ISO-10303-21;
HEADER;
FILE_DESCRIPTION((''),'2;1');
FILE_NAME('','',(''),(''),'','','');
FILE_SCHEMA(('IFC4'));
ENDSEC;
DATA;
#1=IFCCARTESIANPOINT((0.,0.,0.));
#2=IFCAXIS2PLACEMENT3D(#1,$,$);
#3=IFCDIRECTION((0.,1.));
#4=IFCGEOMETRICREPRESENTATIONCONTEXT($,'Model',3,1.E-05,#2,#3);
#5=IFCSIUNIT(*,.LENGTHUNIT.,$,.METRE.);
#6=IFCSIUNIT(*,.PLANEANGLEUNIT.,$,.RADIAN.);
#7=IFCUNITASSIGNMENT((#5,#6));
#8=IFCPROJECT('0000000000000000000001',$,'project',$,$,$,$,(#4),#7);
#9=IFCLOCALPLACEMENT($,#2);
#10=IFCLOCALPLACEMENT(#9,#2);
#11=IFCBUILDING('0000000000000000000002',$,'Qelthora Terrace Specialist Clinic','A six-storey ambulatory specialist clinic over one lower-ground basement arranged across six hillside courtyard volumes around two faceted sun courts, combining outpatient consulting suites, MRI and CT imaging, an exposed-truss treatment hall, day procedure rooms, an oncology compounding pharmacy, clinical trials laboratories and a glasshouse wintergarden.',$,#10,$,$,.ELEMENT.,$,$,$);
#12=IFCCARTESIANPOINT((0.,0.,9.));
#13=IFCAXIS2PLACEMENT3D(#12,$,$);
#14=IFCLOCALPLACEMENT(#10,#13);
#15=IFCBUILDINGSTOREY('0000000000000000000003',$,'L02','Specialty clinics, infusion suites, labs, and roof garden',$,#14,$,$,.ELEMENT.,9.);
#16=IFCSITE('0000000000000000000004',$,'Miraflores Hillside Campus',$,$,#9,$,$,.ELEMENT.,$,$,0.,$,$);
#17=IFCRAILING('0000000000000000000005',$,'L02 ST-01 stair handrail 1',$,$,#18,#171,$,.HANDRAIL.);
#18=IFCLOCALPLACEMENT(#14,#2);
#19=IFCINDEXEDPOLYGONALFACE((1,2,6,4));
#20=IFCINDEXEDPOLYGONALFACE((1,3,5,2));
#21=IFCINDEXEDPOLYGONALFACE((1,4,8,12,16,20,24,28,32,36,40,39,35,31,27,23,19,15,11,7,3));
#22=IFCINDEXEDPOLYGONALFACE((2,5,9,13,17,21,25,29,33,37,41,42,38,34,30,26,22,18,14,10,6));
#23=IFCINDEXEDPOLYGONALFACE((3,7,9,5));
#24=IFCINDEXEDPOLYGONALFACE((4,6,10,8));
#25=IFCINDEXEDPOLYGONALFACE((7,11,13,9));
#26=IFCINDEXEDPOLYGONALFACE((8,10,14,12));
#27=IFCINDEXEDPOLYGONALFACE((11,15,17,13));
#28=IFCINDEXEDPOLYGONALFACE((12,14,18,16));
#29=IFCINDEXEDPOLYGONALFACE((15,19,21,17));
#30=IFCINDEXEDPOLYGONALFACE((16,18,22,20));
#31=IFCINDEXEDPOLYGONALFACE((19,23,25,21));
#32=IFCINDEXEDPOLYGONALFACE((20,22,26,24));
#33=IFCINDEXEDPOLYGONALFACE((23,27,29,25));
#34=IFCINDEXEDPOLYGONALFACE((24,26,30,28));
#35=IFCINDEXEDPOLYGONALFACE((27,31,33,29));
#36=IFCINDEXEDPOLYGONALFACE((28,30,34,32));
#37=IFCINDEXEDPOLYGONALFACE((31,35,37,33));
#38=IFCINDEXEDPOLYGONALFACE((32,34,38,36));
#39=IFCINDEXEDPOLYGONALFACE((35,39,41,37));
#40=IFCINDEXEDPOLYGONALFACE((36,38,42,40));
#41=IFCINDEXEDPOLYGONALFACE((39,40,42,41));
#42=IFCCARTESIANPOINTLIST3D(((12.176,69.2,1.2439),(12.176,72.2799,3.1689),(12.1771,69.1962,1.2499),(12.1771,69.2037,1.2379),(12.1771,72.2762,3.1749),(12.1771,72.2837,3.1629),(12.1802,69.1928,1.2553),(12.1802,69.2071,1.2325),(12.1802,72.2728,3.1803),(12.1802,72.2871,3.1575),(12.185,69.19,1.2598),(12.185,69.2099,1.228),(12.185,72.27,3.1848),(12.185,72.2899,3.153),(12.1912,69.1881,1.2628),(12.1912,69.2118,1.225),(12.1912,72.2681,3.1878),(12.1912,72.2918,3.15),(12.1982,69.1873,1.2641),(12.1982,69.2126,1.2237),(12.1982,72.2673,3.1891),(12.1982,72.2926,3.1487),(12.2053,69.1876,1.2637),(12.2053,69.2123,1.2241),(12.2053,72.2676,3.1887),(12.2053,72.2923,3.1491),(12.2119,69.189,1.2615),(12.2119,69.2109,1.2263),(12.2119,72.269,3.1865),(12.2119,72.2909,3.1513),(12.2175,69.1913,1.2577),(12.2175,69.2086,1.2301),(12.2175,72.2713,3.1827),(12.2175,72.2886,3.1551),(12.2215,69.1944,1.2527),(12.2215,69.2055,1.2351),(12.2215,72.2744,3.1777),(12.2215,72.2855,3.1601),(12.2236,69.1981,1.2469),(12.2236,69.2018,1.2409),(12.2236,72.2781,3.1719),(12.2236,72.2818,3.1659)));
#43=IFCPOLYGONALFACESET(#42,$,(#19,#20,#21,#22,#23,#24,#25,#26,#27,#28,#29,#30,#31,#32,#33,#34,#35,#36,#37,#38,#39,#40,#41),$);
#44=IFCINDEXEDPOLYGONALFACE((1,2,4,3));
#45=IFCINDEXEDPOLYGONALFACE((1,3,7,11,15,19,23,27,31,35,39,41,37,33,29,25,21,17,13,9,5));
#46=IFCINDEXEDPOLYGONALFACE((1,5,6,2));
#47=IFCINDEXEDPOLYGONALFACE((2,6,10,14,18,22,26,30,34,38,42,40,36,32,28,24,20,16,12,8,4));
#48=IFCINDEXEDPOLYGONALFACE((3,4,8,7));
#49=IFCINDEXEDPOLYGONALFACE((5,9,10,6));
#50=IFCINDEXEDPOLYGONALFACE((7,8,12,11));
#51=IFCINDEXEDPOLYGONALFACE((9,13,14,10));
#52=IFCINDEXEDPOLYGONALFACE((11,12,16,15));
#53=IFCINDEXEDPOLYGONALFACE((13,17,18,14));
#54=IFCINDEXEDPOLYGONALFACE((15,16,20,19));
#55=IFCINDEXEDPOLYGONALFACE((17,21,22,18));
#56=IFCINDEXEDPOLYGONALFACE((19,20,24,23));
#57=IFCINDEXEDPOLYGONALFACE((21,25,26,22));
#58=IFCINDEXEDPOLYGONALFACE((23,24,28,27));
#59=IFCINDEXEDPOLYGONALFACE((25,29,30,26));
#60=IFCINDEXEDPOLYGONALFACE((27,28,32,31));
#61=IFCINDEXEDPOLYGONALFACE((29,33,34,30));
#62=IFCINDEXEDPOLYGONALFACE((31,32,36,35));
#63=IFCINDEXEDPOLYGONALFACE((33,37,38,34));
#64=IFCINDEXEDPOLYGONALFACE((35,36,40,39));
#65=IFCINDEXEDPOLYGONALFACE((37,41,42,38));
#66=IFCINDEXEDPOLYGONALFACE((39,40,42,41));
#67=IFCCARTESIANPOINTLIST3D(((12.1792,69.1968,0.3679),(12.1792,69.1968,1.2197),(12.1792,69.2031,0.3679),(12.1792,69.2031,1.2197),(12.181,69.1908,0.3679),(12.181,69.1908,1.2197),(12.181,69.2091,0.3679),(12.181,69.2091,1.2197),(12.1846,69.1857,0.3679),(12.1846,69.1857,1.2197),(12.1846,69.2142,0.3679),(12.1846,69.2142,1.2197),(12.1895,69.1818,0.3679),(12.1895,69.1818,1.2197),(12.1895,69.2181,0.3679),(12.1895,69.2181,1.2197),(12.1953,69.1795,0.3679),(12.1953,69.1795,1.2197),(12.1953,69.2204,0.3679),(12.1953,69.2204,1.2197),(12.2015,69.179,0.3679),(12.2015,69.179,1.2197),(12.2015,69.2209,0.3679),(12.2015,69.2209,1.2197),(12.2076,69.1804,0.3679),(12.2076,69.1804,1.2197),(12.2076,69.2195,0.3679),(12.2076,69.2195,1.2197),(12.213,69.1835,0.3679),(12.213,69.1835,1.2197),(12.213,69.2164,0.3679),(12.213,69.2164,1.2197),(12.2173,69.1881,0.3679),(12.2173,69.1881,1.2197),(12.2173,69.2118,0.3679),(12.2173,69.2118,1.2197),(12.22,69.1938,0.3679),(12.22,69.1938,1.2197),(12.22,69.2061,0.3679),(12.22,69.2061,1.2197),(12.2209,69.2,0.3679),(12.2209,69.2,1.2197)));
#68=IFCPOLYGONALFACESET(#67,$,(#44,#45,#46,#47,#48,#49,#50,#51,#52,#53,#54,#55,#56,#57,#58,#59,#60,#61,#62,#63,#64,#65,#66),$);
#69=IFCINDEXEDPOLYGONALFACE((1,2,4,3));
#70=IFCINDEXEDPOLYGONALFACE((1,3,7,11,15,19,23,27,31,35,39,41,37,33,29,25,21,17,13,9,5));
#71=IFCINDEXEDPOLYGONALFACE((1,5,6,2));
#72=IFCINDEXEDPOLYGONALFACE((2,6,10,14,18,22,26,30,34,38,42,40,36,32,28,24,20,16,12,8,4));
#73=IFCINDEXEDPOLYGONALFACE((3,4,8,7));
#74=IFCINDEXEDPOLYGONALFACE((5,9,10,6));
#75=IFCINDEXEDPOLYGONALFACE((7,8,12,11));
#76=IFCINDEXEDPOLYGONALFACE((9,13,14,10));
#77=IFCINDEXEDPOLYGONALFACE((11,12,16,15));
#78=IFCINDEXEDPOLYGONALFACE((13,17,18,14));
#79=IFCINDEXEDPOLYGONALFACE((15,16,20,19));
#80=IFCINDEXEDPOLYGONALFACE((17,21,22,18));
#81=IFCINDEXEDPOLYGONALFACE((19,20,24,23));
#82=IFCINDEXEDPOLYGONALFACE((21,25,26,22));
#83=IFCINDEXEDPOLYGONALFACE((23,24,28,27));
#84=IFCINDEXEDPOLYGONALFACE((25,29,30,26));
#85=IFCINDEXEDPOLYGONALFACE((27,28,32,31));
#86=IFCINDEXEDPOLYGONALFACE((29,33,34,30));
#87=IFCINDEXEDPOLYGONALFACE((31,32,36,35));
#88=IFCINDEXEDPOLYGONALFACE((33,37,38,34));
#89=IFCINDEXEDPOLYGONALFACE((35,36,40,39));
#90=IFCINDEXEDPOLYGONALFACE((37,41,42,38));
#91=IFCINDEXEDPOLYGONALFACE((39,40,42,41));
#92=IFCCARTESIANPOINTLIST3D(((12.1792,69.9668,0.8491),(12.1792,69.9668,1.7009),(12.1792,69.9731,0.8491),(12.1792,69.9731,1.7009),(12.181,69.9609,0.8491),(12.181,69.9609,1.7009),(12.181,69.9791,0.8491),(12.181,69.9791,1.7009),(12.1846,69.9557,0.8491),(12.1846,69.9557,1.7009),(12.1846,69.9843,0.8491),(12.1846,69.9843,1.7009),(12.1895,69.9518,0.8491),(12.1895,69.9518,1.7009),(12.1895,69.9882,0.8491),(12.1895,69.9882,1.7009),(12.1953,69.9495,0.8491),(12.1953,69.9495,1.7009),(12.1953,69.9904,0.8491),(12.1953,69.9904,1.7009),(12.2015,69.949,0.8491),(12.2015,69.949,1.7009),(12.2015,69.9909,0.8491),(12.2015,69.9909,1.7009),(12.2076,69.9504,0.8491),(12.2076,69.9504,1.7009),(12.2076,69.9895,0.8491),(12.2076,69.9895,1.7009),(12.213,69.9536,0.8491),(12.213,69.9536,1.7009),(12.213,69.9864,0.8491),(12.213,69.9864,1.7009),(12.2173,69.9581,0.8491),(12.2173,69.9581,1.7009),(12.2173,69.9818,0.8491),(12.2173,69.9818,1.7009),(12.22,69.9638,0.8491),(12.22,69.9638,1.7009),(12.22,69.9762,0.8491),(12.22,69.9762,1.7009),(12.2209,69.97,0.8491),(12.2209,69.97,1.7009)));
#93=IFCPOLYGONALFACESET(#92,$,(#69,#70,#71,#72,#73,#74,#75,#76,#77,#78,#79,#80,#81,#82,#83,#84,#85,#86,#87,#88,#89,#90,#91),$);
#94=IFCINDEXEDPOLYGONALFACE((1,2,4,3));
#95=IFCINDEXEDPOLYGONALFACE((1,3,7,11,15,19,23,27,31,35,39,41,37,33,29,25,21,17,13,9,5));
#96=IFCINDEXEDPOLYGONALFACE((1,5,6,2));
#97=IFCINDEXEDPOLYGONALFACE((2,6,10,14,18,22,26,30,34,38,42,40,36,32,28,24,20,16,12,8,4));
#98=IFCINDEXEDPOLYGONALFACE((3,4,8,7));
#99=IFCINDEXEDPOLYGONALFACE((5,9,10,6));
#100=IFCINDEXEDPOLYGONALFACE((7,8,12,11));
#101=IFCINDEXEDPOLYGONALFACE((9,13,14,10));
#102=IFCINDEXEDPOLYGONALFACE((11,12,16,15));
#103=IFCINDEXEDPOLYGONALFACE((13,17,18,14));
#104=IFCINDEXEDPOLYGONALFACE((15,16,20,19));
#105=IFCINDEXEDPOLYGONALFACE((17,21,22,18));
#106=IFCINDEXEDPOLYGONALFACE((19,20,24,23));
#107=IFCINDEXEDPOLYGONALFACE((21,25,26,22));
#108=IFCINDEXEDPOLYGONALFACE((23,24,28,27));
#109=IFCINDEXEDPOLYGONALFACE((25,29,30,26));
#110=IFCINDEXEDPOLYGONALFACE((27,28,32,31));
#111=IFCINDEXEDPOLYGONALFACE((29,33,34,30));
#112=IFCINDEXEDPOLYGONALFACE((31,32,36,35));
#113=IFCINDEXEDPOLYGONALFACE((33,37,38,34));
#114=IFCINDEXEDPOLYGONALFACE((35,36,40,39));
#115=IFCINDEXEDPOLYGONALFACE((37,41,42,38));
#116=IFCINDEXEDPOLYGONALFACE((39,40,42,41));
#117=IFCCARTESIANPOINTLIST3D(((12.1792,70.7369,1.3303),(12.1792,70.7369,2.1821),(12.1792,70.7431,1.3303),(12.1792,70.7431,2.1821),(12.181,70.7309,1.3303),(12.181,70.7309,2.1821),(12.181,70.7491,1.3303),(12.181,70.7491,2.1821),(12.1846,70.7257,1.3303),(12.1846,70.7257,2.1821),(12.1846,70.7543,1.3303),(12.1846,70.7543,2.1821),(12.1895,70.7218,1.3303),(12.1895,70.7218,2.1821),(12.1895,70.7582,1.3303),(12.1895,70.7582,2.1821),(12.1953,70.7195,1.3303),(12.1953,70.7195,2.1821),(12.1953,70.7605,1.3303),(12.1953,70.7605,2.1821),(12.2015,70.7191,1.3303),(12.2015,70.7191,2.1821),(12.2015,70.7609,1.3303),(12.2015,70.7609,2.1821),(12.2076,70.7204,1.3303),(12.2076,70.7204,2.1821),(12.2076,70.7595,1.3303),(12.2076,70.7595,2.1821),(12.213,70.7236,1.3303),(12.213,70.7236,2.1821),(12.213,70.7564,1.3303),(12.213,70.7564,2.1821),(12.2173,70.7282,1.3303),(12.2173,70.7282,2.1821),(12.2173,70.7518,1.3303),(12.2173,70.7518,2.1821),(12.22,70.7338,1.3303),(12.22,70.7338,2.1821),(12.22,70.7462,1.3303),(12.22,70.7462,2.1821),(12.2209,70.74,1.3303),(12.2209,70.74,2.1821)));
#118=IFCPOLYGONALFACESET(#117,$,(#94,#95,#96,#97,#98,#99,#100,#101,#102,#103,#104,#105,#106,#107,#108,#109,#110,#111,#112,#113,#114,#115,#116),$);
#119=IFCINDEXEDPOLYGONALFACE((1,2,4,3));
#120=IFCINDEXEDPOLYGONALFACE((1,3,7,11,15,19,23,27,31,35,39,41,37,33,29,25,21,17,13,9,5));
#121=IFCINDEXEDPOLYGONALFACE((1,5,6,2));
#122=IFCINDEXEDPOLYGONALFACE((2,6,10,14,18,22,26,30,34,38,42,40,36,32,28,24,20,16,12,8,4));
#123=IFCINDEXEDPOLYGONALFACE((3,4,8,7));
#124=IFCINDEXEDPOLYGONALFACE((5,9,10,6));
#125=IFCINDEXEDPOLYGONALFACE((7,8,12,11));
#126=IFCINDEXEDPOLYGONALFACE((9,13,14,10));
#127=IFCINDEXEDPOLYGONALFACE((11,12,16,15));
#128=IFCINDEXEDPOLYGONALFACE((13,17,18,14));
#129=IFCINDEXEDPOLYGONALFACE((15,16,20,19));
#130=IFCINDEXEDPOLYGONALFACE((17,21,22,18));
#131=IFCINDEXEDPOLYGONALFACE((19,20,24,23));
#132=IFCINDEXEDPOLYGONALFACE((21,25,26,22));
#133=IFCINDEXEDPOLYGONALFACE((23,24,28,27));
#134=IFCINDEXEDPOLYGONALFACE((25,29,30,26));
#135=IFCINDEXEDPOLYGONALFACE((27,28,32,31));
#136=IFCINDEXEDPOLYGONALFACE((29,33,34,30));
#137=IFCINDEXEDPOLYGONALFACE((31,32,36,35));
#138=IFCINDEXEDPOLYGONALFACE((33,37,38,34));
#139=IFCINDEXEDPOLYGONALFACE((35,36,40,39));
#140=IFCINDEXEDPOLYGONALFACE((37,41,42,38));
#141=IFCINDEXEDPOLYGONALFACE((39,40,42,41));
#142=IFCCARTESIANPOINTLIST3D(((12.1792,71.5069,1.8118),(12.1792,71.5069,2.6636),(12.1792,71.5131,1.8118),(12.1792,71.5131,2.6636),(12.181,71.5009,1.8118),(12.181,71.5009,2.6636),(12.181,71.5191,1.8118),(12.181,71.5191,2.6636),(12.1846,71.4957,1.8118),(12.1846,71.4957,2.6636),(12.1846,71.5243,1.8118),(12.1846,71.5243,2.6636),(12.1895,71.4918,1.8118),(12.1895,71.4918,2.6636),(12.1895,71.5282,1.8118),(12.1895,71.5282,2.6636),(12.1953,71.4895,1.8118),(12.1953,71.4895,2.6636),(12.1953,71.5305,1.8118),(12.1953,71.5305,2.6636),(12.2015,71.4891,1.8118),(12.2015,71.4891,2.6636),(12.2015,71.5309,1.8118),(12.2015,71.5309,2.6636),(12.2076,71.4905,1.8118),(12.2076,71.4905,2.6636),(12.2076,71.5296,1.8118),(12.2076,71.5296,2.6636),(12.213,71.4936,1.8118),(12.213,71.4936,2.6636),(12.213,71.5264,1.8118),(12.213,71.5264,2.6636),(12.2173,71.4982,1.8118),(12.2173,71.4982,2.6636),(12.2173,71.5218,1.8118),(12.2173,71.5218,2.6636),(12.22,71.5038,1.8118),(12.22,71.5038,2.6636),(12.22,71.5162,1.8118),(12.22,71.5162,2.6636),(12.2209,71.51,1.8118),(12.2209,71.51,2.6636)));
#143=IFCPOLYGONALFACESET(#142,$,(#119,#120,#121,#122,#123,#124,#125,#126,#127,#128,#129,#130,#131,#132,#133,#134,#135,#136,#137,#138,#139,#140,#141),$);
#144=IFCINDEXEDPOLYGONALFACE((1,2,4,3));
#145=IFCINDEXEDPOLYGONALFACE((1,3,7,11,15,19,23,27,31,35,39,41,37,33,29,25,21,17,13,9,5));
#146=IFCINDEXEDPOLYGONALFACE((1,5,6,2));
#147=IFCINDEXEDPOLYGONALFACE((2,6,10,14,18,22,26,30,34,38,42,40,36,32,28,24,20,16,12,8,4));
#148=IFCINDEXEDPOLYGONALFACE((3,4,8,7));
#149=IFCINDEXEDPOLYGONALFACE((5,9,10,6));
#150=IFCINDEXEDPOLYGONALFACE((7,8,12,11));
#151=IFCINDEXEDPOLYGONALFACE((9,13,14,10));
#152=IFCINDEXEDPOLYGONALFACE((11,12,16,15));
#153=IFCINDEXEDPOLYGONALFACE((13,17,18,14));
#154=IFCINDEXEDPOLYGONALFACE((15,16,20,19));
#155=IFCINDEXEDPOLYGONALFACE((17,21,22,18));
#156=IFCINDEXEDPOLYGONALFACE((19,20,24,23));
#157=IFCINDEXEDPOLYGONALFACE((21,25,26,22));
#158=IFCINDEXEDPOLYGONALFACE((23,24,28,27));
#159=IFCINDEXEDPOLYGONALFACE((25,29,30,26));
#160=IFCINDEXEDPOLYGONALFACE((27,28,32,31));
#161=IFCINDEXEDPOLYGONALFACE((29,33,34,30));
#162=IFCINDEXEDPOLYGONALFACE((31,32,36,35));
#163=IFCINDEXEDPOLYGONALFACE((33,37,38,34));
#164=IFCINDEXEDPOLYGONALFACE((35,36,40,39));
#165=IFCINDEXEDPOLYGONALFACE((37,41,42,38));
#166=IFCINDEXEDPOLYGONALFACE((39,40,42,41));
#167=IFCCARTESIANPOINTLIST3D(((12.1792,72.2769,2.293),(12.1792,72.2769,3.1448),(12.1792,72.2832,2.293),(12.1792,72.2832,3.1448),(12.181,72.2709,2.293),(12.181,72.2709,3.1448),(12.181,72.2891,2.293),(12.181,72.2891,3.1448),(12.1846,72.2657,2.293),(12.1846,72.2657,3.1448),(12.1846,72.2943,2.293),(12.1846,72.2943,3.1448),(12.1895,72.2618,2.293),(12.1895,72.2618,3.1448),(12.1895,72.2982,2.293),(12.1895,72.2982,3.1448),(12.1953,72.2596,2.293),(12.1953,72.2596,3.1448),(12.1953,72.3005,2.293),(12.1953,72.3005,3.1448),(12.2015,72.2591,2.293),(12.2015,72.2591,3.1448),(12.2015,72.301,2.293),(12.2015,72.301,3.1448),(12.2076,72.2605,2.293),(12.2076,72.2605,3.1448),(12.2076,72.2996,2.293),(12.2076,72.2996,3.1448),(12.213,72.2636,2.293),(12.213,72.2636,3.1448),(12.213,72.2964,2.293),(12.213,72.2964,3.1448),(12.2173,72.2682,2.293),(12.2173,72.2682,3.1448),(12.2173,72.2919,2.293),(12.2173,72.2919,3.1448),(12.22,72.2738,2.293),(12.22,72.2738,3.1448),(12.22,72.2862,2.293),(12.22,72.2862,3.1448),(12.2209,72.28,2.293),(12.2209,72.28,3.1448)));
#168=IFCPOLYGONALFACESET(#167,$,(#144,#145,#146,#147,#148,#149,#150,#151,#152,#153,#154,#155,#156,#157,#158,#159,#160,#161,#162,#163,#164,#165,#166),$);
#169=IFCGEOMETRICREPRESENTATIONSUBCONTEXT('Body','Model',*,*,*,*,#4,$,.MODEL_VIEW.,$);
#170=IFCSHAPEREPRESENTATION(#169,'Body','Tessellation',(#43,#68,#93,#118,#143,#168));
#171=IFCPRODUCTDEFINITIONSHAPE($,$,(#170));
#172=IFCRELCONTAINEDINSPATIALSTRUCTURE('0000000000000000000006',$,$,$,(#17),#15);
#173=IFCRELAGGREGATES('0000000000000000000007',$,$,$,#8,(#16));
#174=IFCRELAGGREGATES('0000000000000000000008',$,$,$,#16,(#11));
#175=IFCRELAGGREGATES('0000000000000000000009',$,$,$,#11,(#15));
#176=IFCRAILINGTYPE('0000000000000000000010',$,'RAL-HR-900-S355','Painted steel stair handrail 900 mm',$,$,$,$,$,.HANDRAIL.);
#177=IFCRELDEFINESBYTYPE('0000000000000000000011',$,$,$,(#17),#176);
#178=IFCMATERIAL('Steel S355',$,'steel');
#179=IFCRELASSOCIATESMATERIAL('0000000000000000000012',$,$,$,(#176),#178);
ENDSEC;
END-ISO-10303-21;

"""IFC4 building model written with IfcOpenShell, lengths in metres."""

from ifc_helpers import new_model, si_unit, direction, frame, origin, origin_2d, place, context, subcontext, project, spatial, circle, extrude, material, type_object, element, save


model = new_model("IFC4")

# Units and contexts
model_context = context("Model", 3, precision=1e-05, world=origin(), true_north=direction((0.0, 1.0)))
body_context = subcontext(model_context, "Body", "Model", "MODEL_VIEW")
ifc_project = project(units=[si_unit("LENGTHUNIT", "METRE"), si_unit("PLANEANGLEUNIT", "RADIAN")], contexts=[model_context])

# Site, building, storey
site_placement = place(None, origin())
site = spatial("IfcSite", under=ifc_project, at=site_placement, Name="Miraflores Hillside Campus", CompositionType="ELEMENT", RefElevation=0.0)
building_placement = place(site_placement, origin())
building = spatial("IfcBuilding", under=site, at=building_placement, Name="Qelthora Terrace Specialist Clinic", Description="A six-storey ambulatory specialist clinic over one lower-ground basement arranged across six hillside courtyard volumes around two faceted sun courts, combining outpatient consulting suites, MRI and CT imaging, an exposed-truss treatment hall, day procedure rooms, an oncology compounding pharmacy, clinical trials laboratories and a glasshouse wintergarden.", CompositionType="ELEMENT")
storey_placement = place(building_placement, frame((0.0, 0.0, 9.0)))
storey = spatial("IfcBuildingStorey", under=building, at=storey_placement, Name="L02", Description="Specialty clinics, infusion suites, labs, and roof garden", CompositionType="ELEMENT", Elevation=9.0)

# Shared definitions
ifc_material_1 = material(Name="Steel S355", Category="steel")

# Railing
railing_type_1 = type_object("IfcRailingType", Name="RAL-HR-900-S355", Description="Painted steel stair handrail 900 mm", PredefinedType="HANDRAIL", material=ifc_material_1)
railing_1_placement = place(storey_placement, frame((12.2, 69.2, 0.3679)))
element("IfcRailing", 1, at=railing_1_placement, inside=storey, type_object=railing_type_1, Name="L02 ST-01 stair handrail 1", PredefinedType="HANDRAIL", context=body_context, shape_type="SweptSolid", body=[
    extrude(circle(Radius=0.0239, at=origin_2d()), frame((0.0, 0.0, 0.876), z_axis=(0.0, 0.847998, 0.529999), x_axis=(-1.0, 0.0, 0.0)), (0.0, 0.0, 1.0), 3.6321),
    extrude(circle(Radius=0.021, at=origin_2d()), origin(), (0.0, 0.0, 1.0), 0.8518),
    extrude(circle(Radius=0.021, at=origin_2d()), frame((0.0, 0.77, 0.4812)), (0.0, 0.0, 1.0), 0.8518),
    extrude(circle(Radius=0.021, at=origin_2d()), frame((0.0, 1.54, 0.9624)), (0.0, 0.0, 1.0), 0.8518),
    extrude(circle(Radius=0.021, at=origin_2d()), frame((0.0, 2.3101, 1.4438)), (0.0, 0.0, 1.0), 0.8518),
    extrude(circle(Radius=0.021, at=origin_2d()), frame((0.0, 3.0801, 1.925)), (0.0, 0.0, 1.0), 0.8518),
])

save(model, "model.ifc")
